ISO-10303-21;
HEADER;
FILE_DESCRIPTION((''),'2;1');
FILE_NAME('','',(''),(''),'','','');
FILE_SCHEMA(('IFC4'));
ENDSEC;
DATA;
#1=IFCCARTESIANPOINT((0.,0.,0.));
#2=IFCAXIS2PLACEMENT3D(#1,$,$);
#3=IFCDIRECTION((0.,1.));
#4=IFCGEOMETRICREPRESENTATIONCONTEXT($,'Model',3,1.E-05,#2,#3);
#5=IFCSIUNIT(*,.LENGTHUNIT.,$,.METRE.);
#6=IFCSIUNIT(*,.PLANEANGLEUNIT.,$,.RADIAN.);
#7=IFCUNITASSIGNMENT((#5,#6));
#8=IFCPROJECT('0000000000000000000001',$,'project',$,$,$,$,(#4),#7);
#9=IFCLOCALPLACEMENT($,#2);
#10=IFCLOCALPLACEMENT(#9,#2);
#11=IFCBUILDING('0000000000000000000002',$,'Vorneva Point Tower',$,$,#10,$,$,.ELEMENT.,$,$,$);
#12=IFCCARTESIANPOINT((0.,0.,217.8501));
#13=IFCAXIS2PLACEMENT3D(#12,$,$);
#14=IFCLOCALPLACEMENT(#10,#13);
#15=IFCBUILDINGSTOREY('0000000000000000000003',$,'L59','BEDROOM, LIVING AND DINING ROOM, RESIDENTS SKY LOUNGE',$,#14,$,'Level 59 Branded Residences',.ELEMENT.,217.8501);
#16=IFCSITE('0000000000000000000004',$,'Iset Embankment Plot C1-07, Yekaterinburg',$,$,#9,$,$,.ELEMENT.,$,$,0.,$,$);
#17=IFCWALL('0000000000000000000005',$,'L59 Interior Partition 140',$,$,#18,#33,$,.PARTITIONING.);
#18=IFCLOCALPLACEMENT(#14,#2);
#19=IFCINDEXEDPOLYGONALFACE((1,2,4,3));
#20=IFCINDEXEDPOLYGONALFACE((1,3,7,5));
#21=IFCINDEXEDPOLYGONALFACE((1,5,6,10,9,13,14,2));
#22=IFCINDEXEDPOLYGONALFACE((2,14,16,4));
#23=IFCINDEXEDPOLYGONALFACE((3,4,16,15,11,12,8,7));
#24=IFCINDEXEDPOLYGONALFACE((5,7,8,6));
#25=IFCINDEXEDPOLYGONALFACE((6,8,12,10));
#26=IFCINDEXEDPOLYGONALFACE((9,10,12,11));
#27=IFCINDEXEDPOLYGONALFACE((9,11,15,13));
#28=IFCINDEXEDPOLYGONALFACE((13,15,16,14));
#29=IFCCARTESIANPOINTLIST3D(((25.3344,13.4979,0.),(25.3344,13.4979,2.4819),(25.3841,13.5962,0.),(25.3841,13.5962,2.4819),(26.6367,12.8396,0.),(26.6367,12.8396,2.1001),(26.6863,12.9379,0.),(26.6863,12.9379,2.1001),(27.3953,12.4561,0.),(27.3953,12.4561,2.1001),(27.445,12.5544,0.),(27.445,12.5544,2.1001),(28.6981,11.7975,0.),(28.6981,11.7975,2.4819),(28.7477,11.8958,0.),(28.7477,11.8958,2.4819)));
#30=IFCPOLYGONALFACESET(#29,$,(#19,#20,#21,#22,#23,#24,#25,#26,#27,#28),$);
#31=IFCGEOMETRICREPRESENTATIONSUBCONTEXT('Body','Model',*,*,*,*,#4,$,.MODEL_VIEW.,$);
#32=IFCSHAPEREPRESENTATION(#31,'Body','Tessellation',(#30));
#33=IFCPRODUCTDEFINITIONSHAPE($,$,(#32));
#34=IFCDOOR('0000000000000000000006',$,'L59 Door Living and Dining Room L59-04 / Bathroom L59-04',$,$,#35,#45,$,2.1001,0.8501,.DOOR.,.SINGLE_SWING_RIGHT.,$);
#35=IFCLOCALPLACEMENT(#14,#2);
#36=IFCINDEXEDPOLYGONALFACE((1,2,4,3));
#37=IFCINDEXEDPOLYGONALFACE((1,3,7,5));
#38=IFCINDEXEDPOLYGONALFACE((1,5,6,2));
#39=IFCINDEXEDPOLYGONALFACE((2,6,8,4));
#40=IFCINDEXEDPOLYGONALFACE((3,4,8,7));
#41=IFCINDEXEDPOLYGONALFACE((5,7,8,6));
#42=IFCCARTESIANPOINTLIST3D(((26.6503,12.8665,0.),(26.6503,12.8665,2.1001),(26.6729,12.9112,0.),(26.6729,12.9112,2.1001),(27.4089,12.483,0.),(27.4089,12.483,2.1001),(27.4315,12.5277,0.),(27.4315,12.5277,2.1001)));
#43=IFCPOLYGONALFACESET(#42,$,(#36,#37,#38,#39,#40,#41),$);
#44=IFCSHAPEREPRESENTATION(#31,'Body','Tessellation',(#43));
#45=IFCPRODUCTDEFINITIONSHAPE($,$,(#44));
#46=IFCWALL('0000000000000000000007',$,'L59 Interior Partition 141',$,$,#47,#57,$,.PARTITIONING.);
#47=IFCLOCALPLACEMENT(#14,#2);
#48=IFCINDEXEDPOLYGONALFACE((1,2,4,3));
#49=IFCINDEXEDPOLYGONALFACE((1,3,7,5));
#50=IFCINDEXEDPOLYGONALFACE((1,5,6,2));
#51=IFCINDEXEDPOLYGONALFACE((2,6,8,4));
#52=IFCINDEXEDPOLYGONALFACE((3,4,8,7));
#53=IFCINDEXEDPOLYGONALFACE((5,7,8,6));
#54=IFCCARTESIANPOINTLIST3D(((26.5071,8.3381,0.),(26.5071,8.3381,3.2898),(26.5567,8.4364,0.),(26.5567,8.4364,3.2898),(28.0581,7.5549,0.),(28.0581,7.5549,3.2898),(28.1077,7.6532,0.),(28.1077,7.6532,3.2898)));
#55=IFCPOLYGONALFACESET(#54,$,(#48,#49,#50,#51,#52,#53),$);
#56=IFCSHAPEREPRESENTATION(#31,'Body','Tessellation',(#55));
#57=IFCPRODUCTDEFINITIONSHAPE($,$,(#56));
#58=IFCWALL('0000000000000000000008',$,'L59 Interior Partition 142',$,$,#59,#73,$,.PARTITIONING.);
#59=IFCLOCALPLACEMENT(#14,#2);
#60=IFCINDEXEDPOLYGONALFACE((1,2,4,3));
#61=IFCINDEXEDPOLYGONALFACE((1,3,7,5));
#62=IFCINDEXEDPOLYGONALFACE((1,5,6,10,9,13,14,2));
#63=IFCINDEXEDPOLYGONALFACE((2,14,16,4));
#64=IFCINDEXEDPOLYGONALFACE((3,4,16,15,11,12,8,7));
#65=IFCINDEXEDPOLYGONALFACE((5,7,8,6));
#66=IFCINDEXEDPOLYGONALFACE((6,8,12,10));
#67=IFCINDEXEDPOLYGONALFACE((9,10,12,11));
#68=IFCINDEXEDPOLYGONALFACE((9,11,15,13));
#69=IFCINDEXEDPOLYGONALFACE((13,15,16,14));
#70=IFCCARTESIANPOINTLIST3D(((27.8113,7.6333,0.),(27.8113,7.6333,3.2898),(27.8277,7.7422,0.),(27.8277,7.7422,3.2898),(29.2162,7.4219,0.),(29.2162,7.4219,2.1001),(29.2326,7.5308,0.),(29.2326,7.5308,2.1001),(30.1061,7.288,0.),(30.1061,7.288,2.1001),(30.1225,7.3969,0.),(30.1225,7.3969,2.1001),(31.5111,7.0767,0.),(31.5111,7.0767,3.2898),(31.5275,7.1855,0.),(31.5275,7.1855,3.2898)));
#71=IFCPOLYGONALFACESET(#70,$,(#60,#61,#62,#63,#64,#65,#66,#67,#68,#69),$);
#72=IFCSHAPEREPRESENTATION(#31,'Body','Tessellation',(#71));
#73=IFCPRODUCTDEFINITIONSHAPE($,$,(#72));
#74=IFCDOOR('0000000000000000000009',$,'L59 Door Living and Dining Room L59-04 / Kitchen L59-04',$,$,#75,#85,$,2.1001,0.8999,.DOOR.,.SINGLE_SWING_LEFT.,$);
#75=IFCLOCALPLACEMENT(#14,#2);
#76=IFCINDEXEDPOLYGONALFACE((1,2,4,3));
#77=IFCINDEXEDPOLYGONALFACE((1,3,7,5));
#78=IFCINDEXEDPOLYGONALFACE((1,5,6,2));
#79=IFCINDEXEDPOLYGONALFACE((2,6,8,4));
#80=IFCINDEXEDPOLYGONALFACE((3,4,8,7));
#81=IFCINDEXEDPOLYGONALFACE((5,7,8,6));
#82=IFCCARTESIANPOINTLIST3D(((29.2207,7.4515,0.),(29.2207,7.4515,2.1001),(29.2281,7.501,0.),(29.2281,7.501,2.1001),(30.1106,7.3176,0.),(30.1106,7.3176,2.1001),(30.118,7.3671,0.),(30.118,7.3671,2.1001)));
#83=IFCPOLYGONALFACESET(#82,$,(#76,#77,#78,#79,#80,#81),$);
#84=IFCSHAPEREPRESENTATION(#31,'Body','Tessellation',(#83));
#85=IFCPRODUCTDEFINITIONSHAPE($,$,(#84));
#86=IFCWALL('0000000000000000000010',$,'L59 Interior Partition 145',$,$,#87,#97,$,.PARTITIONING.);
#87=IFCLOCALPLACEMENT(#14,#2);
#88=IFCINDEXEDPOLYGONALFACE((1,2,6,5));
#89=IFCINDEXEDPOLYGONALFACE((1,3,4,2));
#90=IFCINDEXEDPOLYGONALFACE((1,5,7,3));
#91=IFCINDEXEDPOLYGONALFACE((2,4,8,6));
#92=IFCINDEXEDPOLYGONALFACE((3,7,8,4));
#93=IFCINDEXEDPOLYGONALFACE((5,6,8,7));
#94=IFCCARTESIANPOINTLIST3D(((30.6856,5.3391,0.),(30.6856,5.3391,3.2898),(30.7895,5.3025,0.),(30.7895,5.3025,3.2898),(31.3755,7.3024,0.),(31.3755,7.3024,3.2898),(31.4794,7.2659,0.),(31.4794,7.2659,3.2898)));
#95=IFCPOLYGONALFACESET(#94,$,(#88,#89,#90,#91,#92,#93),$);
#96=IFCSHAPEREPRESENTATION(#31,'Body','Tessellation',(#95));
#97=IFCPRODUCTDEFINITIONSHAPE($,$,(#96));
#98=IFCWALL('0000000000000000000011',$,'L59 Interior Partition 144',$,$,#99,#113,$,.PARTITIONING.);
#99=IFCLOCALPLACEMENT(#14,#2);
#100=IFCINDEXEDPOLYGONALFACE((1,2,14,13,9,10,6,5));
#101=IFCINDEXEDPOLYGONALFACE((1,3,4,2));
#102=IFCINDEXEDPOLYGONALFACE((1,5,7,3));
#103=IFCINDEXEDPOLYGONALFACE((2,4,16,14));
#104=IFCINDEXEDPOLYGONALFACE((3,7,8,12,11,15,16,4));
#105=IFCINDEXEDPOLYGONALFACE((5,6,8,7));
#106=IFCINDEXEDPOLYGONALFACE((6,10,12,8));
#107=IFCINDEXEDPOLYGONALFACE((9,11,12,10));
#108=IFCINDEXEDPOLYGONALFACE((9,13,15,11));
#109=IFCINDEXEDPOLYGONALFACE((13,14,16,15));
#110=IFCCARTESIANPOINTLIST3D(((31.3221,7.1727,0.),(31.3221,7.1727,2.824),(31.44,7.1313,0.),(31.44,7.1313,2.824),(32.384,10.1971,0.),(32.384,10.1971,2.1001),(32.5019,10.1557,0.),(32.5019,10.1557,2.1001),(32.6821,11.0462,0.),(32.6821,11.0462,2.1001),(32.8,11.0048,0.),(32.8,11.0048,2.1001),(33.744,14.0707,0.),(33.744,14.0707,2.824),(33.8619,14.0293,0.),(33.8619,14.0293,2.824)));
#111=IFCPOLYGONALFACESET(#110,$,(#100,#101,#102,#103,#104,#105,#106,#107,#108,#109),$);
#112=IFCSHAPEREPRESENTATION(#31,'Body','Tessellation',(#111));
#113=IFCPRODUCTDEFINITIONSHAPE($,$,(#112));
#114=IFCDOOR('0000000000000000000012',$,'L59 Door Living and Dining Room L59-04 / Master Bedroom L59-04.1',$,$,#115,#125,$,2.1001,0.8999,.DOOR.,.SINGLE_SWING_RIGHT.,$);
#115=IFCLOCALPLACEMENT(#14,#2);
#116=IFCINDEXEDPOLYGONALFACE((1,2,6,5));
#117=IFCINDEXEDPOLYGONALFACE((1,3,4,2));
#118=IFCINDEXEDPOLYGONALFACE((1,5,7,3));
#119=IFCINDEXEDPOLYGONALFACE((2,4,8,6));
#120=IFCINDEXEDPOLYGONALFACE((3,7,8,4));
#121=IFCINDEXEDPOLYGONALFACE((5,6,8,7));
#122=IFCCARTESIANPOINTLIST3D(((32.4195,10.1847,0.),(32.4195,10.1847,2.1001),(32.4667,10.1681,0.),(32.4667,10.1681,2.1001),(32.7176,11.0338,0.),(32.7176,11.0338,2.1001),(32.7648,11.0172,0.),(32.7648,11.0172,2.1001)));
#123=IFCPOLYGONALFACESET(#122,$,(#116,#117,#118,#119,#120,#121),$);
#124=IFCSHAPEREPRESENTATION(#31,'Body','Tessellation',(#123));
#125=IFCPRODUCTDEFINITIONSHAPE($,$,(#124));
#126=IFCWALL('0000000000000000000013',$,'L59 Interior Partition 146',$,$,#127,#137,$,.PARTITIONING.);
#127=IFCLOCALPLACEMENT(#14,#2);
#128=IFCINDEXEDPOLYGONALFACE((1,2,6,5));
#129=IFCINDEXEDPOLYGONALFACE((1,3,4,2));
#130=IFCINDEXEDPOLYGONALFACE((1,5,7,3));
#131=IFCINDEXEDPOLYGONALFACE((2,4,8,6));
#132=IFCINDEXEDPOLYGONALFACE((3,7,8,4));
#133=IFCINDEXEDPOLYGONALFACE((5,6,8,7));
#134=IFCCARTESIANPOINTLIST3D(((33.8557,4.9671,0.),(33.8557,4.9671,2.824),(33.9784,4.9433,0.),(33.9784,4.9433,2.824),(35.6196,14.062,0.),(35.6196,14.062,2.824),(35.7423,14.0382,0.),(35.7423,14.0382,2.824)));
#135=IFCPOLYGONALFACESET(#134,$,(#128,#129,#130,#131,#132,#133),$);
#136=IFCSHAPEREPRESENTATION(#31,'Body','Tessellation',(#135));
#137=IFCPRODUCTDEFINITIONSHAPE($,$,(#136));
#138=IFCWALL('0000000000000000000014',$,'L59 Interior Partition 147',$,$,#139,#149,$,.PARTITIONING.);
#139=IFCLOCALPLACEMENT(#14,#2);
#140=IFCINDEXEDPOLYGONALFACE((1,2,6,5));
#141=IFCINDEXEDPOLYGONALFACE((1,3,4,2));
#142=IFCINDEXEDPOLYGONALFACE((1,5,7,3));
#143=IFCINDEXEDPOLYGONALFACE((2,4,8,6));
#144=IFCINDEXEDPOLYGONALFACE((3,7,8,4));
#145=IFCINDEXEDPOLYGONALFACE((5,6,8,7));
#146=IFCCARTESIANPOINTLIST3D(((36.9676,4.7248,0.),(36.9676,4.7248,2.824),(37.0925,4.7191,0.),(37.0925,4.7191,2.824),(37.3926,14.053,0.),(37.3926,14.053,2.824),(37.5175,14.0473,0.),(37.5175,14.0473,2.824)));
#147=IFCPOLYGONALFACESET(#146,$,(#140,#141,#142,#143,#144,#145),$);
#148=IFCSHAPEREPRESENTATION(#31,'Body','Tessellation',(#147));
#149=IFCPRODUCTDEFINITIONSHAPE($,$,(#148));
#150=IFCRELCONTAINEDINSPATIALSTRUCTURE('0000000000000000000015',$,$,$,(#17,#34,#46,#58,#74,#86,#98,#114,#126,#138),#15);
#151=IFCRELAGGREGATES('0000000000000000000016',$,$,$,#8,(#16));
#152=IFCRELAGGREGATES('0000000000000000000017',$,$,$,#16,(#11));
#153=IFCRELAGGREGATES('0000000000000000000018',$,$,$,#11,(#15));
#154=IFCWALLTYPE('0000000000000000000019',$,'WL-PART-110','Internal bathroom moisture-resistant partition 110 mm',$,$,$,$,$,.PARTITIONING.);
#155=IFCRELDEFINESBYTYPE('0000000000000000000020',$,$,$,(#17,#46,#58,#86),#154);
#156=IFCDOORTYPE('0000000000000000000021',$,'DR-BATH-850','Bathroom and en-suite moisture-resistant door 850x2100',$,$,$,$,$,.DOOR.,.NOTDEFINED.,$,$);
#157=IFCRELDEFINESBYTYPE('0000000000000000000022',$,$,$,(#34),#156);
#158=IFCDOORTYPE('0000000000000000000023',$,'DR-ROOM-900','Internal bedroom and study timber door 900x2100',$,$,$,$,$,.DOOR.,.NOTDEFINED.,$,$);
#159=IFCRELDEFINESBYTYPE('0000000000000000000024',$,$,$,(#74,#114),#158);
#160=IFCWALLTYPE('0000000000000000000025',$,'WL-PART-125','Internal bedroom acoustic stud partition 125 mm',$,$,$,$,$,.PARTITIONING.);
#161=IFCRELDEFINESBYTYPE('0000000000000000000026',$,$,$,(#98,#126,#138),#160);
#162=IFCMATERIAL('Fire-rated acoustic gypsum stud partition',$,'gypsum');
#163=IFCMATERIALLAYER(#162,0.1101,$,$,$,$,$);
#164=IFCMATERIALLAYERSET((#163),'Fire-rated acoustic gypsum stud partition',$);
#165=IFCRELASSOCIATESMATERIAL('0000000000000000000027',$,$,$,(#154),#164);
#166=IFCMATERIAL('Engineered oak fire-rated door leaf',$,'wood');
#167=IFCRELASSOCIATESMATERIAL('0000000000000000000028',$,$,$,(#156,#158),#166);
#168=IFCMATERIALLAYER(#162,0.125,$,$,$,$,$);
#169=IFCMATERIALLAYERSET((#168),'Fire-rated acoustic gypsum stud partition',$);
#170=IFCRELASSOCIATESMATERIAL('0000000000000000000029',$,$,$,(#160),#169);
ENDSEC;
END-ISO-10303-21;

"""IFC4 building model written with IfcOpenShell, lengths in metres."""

from ifc_helpers import new_model, si_unit, direction, frame, frame_2d, origin, place, context, subcontext, project, spatial, rectangle, extrude, material, layer, layer_set, type_object, element, fill, save


model = new_model("IFC4")

# Units and contexts
model_context = context("Model", 3, precision=1e-05, world=origin(), true_north=direction((0.0, 1.0)))
body_context = subcontext(model_context, "Body", "Model", "MODEL_VIEW")
ifc_project = project(units=[si_unit("LENGTHUNIT", "METRE"), si_unit("PLANEANGLEUNIT", "RADIAN")], contexts=[model_context])

# Site, building, storey
site_placement = place(None, origin())
site = spatial("IfcSite", under=ifc_project, at=site_placement, Name="Iset Embankment Plot C1-07, Yekaterinburg", CompositionType="ELEMENT", RefElevation=0.0)
building_placement = place(site_placement, origin())
building = spatial("IfcBuilding", under=site, at=building_placement, Name="Vorneva Point Tower", CompositionType="ELEMENT")
storey_placement = place(building_placement, frame((0.0, 0.0, 217.8501)))
storey = spatial("IfcBuildingStorey", under=building, at=storey_placement, Name="L59", Description="BEDROOM, LIVING AND DINING ROOM, RESIDENTS SKY LOUNGE", LongName="Level 59 Branded Residences", CompositionType="ELEMENT", Elevation=217.8501)

# Wall, opening, door
ifc_material_1 = material(Name="Fire-rated acoustic gypsum stud partition", Category="gypsum")
ifc_layer_1 = layer(ifc_material_1, 0.1101)
ifc_layer_set_1 = layer_set([ifc_layer_1], Name="Fire-rated acoustic gypsum stud partition")
wall_type_1 = type_object("IfcWallType", Name="WL-PART-110", Description="Internal bathroom moisture-resistant partition 110 mm", PredefinedType="PARTITIONING", material=ifc_layer_set_1)
wall_1_placement = place(storey_placement, frame((28.7229, 11.8467, 0.0), z_axis=(0.0, 0.0, 1.0), x_axis=(-0.892449, 0.451147, 0.0)))
wall_1 = element("IfcWall", 1, at=wall_1_placement, inside=storey, type_object=wall_type_1, Name="L59 Interior Partition 140", PredefinedType="PARTITIONING", context=body_context, shape_type="SweptSolid", body=[
    extrude(rectangle(XDim=3.769, YDim=0.1101, at=frame_2d((1.8845, 0.0))), origin(), (0.0, 0.0, 1.0), 2.4819),
])
opening_1_placement = place(wall_1_placement, frame((1.4597, 0.0, 0.0)))
opening_1 = element("IfcOpeningElement", 2, at=opening_1_placement, cuts=wall_1, PredefinedType="OPENING", context=body_context, shape_type="SweptSolid", body=[
    extrude(rectangle(XDim=0.8501, YDim=2.1001, at=frame_2d((0.425, 1.05))), frame((0.0, 0.0698, 0.0), z_axis=(0.0, -1.0, 0.0), x_axis=(1.0, 0.0, 0.0)), (0.0, 0.0, 1.0), 0.1399),
])
ifc_material_2 = material(Name="Engineered oak fire-rated door leaf", Category="wood")
door_type_1 = type_object("IfcDoorType", Name="DR-BATH-850", Description="Bathroom and en-suite moisture-resistant door 850x2100", OperationType="NOTDEFINED", PredefinedType="DOOR", material=ifc_material_2)
door_1_placement = place(opening_1_placement, origin())
door_1 = element("IfcDoor", 3, at=door_1_placement, inside=storey, type_object=door_type_1, Name="L59 Door Living and Dining Room L59-04 / Bathroom L59-04", OperationType="SINGLE_SWING_RIGHT", OverallHeight=2.1001, OverallWidth=0.8501, PredefinedType="DOOR", context=body_context, shape_type="SweptSolid", body=[
    extrude(rectangle(XDim=0.8501, YDim=2.1001, at=frame_2d((0.425, 1.05))), frame((0.0, 0.0249, 0.0), z_axis=(0.0, -1.0, 0.0), x_axis=(1.0, 0.0, 0.0)), (0.0, 0.0, 1.0), 0.05),
])
fill(opening_1, door_1)

# Wall
wall_2_placement = place(storey_placement, frame((26.532, 8.3872, 0.0), z_axis=(0.0, 0.0, 1.0), x_axis=(0.89265, -0.450751, 0.0)))
element("IfcWall", 4, at=wall_2_placement, inside=storey, type_object=wall_type_1, Name="L59 Interior Partition 141", PredefinedType="PARTITIONING", context=body_context, shape_type="SweptSolid", body=[
    extrude(rectangle(XDim=1.7375, YDim=0.1101, at=frame_2d((0.8687, 0.0))), origin(), (0.0, 0.0, 1.0), 3.2898),
])

# Wall, opening, door
wall_3_placement = place(storey_placement, frame((27.8196, 7.6877, 0.0), z_axis=(0.0, 0.0, 1.0), x_axis=(0.98887, -0.148781, 0.0)))
wall_3 = element("IfcWall", 5, at=wall_3_placement, inside=storey, type_object=wall_type_1, Name="L59 Interior Partition 142", PredefinedType="PARTITIONING", context=body_context, shape_type="SweptSolid", body=[
    extrude(rectangle(XDim=3.7415, YDim=0.1101, at=frame_2d((1.8706, 0.0))), origin(), (0.0, 0.0, 1.0), 3.2898),
])
opening_2_placement = place(wall_3_placement, frame((1.4207, 0.0, 0.0)))
opening_2 = element("IfcOpeningElement", 6, at=opening_2_placement, cuts=wall_3, PredefinedType="OPENING", context=body_context, shape_type="SweptSolid", body=[
    extrude(rectangle(XDim=0.8999, YDim=2.1001, at=frame_2d((0.45, 1.05))), frame((0.0, 0.0698, 0.0), z_axis=(0.0, -1.0, 0.0), x_axis=(1.0, 0.0, 0.0)), (0.0, 0.0, 1.0), 0.1399),
])
door_type_2 = type_object("IfcDoorType", Name="DR-ROOM-900", Description="Internal bedroom and study timber door 900x2100", OperationType="NOTDEFINED", PredefinedType="DOOR", material=ifc_material_2)
door_2_placement = place(opening_2_placement, origin())
door_2 = element("IfcDoor", 7, at=door_2_placement, inside=storey, type_object=door_type_2, Name="L59 Door Living and Dining Room L59-04 / Kitchen L59-04", OperationType="SINGLE_SWING_LEFT", OverallHeight=2.1001, OverallWidth=0.8999, PredefinedType="DOOR", context=body_context, shape_type="SweptSolid", body=[
    extrude(rectangle(XDim=0.8999, YDim=2.1001, at=frame_2d((0.45, 1.05))), frame((0.0, 0.0249, 0.0), z_axis=(0.0, -1.0, 0.0), x_axis=(1.0, 0.0, 0.0)), (0.0, 0.0, 1.0), 0.05),
])
fill(opening_2, door_2)

# Wall
wall_4_placement = place(storey_placement, frame((30.7375, 5.3208, 0.0), z_axis=(0.0, 0.0, 1.0), x_axis=(0.331531, 0.943444, 0.0)))
element("IfcWall", 8, at=wall_4_placement, inside=storey, type_object=wall_type_1, Name="L59 Interior Partition 145", PredefinedType="PARTITIONING", context=body_context, shape_type="SweptSolid", body=[
    extrude(rectangle(XDim=2.0811, YDim=0.1101, at=frame_2d((1.0405, 0.0))), origin(), (0.0, 0.0, 1.0), 3.2898),
])

# Wall, opening, door
ifc_layer_2 = layer(ifc_material_1, 0.125)
ifc_layer_set_2 = layer_set([ifc_layer_2], Name="Fire-rated acoustic gypsum stud partition")
wall_type_2 = type_object("IfcWallType", Name="WL-PART-125", Description="Internal bedroom acoustic stud partition 125 mm", PredefinedType="PARTITIONING", material=ifc_layer_set_2)
wall_5_placement = place(storey_placement, frame((31.3811, 7.1521, 0.0), z_axis=(0.0, 0.0, 1.0), x_axis=(0.331276, 0.943534, 0.0)))
wall_5 = element("IfcWall", 9, at=wall_5_placement, inside=storey, type_object=wall_type_2, Name="L59 Interior Partition 144", PredefinedType="PARTITIONING", context=body_context, shape_type="SweptSolid", body=[
    extrude(rectangle(XDim=7.3108, YDim=0.125, at=frame_2d((3.6553, 0.0))), origin(), (0.0, 0.0, 1.0), 2.824),
])
opening_3_placement = place(wall_5_placement, frame((3.2053, 0.0, 0.0)))
opening_3 = element("IfcOpeningElement", 10, at=opening_3_placement, cuts=wall_5, PredefinedType="OPENING", context=body_context, shape_type="SweptSolid", body=[
    extrude(rectangle(XDim=0.8999, YDim=2.1001, at=frame_2d((0.45, 1.05))), frame((0.0, 0.0774, 0.0), z_axis=(0.0, -1.0, 0.0), x_axis=(1.0, 0.0, 0.0)), (0.0, 0.0, 1.0), 0.1548),
])
door_3_placement = place(opening_3_placement, origin())
door_3 = element("IfcDoor", 11, at=door_3_placement, inside=storey, type_object=door_type_2, Name="L59 Door Living and Dining Room L59-04 / Master Bedroom L59-04.1", OperationType="SINGLE_SWING_RIGHT", OverallHeight=2.1001, OverallWidth=0.8999, PredefinedType="DOOR", context=body_context, shape_type="SweptSolid", body=[
    extrude(rectangle(XDim=0.8999, YDim=2.1001, at=frame_2d((0.45, 1.05))), frame((0.0, 0.0249, 0.0), z_axis=(0.0, -1.0, 0.0), x_axis=(1.0, 0.0, 0.0)), (0.0, 0.0, 1.0), 0.05),
])
fill(opening_3, door_3)

# Walls
wall_6_placement = place(storey_placement, frame((33.917, 4.9551, 0.0), z_axis=(0.0, 0.0, 1.0), x_axis=(0.190396, 0.981707, 0.0)))
element("IfcWall", 12, at=wall_6_placement, inside=storey, type_object=wall_type_2, Name="L59 Interior Partition 146", PredefinedType="PARTITIONING", context=body_context, shape_type="SweptSolid", body=[
    extrude(rectangle(XDim=9.2644, YDim=0.125, at=frame_2d((4.6323, 0.0))), origin(), (0.0, 0.0, 1.0), 2.824),
])
wall_7_placement = place(storey_placement, frame((37.03, 4.7219, 0.0), z_axis=(0.0, 0.0, 1.0), x_axis=(0.045519, 0.998963, 0.0)))
element("IfcWall", 13, at=wall_7_placement, inside=storey, type_object=wall_type_2, Name="L59 Interior Partition 147", PredefinedType="PARTITIONING", context=body_context, shape_type="SweptSolid", body=[
    extrude(rectangle(XDim=9.3379, YDim=0.125, at=frame_2d((4.6689, 0.0))), origin(), (0.0, 0.0, 1.0), 2.824),
])

save(model, "model.ifc")
